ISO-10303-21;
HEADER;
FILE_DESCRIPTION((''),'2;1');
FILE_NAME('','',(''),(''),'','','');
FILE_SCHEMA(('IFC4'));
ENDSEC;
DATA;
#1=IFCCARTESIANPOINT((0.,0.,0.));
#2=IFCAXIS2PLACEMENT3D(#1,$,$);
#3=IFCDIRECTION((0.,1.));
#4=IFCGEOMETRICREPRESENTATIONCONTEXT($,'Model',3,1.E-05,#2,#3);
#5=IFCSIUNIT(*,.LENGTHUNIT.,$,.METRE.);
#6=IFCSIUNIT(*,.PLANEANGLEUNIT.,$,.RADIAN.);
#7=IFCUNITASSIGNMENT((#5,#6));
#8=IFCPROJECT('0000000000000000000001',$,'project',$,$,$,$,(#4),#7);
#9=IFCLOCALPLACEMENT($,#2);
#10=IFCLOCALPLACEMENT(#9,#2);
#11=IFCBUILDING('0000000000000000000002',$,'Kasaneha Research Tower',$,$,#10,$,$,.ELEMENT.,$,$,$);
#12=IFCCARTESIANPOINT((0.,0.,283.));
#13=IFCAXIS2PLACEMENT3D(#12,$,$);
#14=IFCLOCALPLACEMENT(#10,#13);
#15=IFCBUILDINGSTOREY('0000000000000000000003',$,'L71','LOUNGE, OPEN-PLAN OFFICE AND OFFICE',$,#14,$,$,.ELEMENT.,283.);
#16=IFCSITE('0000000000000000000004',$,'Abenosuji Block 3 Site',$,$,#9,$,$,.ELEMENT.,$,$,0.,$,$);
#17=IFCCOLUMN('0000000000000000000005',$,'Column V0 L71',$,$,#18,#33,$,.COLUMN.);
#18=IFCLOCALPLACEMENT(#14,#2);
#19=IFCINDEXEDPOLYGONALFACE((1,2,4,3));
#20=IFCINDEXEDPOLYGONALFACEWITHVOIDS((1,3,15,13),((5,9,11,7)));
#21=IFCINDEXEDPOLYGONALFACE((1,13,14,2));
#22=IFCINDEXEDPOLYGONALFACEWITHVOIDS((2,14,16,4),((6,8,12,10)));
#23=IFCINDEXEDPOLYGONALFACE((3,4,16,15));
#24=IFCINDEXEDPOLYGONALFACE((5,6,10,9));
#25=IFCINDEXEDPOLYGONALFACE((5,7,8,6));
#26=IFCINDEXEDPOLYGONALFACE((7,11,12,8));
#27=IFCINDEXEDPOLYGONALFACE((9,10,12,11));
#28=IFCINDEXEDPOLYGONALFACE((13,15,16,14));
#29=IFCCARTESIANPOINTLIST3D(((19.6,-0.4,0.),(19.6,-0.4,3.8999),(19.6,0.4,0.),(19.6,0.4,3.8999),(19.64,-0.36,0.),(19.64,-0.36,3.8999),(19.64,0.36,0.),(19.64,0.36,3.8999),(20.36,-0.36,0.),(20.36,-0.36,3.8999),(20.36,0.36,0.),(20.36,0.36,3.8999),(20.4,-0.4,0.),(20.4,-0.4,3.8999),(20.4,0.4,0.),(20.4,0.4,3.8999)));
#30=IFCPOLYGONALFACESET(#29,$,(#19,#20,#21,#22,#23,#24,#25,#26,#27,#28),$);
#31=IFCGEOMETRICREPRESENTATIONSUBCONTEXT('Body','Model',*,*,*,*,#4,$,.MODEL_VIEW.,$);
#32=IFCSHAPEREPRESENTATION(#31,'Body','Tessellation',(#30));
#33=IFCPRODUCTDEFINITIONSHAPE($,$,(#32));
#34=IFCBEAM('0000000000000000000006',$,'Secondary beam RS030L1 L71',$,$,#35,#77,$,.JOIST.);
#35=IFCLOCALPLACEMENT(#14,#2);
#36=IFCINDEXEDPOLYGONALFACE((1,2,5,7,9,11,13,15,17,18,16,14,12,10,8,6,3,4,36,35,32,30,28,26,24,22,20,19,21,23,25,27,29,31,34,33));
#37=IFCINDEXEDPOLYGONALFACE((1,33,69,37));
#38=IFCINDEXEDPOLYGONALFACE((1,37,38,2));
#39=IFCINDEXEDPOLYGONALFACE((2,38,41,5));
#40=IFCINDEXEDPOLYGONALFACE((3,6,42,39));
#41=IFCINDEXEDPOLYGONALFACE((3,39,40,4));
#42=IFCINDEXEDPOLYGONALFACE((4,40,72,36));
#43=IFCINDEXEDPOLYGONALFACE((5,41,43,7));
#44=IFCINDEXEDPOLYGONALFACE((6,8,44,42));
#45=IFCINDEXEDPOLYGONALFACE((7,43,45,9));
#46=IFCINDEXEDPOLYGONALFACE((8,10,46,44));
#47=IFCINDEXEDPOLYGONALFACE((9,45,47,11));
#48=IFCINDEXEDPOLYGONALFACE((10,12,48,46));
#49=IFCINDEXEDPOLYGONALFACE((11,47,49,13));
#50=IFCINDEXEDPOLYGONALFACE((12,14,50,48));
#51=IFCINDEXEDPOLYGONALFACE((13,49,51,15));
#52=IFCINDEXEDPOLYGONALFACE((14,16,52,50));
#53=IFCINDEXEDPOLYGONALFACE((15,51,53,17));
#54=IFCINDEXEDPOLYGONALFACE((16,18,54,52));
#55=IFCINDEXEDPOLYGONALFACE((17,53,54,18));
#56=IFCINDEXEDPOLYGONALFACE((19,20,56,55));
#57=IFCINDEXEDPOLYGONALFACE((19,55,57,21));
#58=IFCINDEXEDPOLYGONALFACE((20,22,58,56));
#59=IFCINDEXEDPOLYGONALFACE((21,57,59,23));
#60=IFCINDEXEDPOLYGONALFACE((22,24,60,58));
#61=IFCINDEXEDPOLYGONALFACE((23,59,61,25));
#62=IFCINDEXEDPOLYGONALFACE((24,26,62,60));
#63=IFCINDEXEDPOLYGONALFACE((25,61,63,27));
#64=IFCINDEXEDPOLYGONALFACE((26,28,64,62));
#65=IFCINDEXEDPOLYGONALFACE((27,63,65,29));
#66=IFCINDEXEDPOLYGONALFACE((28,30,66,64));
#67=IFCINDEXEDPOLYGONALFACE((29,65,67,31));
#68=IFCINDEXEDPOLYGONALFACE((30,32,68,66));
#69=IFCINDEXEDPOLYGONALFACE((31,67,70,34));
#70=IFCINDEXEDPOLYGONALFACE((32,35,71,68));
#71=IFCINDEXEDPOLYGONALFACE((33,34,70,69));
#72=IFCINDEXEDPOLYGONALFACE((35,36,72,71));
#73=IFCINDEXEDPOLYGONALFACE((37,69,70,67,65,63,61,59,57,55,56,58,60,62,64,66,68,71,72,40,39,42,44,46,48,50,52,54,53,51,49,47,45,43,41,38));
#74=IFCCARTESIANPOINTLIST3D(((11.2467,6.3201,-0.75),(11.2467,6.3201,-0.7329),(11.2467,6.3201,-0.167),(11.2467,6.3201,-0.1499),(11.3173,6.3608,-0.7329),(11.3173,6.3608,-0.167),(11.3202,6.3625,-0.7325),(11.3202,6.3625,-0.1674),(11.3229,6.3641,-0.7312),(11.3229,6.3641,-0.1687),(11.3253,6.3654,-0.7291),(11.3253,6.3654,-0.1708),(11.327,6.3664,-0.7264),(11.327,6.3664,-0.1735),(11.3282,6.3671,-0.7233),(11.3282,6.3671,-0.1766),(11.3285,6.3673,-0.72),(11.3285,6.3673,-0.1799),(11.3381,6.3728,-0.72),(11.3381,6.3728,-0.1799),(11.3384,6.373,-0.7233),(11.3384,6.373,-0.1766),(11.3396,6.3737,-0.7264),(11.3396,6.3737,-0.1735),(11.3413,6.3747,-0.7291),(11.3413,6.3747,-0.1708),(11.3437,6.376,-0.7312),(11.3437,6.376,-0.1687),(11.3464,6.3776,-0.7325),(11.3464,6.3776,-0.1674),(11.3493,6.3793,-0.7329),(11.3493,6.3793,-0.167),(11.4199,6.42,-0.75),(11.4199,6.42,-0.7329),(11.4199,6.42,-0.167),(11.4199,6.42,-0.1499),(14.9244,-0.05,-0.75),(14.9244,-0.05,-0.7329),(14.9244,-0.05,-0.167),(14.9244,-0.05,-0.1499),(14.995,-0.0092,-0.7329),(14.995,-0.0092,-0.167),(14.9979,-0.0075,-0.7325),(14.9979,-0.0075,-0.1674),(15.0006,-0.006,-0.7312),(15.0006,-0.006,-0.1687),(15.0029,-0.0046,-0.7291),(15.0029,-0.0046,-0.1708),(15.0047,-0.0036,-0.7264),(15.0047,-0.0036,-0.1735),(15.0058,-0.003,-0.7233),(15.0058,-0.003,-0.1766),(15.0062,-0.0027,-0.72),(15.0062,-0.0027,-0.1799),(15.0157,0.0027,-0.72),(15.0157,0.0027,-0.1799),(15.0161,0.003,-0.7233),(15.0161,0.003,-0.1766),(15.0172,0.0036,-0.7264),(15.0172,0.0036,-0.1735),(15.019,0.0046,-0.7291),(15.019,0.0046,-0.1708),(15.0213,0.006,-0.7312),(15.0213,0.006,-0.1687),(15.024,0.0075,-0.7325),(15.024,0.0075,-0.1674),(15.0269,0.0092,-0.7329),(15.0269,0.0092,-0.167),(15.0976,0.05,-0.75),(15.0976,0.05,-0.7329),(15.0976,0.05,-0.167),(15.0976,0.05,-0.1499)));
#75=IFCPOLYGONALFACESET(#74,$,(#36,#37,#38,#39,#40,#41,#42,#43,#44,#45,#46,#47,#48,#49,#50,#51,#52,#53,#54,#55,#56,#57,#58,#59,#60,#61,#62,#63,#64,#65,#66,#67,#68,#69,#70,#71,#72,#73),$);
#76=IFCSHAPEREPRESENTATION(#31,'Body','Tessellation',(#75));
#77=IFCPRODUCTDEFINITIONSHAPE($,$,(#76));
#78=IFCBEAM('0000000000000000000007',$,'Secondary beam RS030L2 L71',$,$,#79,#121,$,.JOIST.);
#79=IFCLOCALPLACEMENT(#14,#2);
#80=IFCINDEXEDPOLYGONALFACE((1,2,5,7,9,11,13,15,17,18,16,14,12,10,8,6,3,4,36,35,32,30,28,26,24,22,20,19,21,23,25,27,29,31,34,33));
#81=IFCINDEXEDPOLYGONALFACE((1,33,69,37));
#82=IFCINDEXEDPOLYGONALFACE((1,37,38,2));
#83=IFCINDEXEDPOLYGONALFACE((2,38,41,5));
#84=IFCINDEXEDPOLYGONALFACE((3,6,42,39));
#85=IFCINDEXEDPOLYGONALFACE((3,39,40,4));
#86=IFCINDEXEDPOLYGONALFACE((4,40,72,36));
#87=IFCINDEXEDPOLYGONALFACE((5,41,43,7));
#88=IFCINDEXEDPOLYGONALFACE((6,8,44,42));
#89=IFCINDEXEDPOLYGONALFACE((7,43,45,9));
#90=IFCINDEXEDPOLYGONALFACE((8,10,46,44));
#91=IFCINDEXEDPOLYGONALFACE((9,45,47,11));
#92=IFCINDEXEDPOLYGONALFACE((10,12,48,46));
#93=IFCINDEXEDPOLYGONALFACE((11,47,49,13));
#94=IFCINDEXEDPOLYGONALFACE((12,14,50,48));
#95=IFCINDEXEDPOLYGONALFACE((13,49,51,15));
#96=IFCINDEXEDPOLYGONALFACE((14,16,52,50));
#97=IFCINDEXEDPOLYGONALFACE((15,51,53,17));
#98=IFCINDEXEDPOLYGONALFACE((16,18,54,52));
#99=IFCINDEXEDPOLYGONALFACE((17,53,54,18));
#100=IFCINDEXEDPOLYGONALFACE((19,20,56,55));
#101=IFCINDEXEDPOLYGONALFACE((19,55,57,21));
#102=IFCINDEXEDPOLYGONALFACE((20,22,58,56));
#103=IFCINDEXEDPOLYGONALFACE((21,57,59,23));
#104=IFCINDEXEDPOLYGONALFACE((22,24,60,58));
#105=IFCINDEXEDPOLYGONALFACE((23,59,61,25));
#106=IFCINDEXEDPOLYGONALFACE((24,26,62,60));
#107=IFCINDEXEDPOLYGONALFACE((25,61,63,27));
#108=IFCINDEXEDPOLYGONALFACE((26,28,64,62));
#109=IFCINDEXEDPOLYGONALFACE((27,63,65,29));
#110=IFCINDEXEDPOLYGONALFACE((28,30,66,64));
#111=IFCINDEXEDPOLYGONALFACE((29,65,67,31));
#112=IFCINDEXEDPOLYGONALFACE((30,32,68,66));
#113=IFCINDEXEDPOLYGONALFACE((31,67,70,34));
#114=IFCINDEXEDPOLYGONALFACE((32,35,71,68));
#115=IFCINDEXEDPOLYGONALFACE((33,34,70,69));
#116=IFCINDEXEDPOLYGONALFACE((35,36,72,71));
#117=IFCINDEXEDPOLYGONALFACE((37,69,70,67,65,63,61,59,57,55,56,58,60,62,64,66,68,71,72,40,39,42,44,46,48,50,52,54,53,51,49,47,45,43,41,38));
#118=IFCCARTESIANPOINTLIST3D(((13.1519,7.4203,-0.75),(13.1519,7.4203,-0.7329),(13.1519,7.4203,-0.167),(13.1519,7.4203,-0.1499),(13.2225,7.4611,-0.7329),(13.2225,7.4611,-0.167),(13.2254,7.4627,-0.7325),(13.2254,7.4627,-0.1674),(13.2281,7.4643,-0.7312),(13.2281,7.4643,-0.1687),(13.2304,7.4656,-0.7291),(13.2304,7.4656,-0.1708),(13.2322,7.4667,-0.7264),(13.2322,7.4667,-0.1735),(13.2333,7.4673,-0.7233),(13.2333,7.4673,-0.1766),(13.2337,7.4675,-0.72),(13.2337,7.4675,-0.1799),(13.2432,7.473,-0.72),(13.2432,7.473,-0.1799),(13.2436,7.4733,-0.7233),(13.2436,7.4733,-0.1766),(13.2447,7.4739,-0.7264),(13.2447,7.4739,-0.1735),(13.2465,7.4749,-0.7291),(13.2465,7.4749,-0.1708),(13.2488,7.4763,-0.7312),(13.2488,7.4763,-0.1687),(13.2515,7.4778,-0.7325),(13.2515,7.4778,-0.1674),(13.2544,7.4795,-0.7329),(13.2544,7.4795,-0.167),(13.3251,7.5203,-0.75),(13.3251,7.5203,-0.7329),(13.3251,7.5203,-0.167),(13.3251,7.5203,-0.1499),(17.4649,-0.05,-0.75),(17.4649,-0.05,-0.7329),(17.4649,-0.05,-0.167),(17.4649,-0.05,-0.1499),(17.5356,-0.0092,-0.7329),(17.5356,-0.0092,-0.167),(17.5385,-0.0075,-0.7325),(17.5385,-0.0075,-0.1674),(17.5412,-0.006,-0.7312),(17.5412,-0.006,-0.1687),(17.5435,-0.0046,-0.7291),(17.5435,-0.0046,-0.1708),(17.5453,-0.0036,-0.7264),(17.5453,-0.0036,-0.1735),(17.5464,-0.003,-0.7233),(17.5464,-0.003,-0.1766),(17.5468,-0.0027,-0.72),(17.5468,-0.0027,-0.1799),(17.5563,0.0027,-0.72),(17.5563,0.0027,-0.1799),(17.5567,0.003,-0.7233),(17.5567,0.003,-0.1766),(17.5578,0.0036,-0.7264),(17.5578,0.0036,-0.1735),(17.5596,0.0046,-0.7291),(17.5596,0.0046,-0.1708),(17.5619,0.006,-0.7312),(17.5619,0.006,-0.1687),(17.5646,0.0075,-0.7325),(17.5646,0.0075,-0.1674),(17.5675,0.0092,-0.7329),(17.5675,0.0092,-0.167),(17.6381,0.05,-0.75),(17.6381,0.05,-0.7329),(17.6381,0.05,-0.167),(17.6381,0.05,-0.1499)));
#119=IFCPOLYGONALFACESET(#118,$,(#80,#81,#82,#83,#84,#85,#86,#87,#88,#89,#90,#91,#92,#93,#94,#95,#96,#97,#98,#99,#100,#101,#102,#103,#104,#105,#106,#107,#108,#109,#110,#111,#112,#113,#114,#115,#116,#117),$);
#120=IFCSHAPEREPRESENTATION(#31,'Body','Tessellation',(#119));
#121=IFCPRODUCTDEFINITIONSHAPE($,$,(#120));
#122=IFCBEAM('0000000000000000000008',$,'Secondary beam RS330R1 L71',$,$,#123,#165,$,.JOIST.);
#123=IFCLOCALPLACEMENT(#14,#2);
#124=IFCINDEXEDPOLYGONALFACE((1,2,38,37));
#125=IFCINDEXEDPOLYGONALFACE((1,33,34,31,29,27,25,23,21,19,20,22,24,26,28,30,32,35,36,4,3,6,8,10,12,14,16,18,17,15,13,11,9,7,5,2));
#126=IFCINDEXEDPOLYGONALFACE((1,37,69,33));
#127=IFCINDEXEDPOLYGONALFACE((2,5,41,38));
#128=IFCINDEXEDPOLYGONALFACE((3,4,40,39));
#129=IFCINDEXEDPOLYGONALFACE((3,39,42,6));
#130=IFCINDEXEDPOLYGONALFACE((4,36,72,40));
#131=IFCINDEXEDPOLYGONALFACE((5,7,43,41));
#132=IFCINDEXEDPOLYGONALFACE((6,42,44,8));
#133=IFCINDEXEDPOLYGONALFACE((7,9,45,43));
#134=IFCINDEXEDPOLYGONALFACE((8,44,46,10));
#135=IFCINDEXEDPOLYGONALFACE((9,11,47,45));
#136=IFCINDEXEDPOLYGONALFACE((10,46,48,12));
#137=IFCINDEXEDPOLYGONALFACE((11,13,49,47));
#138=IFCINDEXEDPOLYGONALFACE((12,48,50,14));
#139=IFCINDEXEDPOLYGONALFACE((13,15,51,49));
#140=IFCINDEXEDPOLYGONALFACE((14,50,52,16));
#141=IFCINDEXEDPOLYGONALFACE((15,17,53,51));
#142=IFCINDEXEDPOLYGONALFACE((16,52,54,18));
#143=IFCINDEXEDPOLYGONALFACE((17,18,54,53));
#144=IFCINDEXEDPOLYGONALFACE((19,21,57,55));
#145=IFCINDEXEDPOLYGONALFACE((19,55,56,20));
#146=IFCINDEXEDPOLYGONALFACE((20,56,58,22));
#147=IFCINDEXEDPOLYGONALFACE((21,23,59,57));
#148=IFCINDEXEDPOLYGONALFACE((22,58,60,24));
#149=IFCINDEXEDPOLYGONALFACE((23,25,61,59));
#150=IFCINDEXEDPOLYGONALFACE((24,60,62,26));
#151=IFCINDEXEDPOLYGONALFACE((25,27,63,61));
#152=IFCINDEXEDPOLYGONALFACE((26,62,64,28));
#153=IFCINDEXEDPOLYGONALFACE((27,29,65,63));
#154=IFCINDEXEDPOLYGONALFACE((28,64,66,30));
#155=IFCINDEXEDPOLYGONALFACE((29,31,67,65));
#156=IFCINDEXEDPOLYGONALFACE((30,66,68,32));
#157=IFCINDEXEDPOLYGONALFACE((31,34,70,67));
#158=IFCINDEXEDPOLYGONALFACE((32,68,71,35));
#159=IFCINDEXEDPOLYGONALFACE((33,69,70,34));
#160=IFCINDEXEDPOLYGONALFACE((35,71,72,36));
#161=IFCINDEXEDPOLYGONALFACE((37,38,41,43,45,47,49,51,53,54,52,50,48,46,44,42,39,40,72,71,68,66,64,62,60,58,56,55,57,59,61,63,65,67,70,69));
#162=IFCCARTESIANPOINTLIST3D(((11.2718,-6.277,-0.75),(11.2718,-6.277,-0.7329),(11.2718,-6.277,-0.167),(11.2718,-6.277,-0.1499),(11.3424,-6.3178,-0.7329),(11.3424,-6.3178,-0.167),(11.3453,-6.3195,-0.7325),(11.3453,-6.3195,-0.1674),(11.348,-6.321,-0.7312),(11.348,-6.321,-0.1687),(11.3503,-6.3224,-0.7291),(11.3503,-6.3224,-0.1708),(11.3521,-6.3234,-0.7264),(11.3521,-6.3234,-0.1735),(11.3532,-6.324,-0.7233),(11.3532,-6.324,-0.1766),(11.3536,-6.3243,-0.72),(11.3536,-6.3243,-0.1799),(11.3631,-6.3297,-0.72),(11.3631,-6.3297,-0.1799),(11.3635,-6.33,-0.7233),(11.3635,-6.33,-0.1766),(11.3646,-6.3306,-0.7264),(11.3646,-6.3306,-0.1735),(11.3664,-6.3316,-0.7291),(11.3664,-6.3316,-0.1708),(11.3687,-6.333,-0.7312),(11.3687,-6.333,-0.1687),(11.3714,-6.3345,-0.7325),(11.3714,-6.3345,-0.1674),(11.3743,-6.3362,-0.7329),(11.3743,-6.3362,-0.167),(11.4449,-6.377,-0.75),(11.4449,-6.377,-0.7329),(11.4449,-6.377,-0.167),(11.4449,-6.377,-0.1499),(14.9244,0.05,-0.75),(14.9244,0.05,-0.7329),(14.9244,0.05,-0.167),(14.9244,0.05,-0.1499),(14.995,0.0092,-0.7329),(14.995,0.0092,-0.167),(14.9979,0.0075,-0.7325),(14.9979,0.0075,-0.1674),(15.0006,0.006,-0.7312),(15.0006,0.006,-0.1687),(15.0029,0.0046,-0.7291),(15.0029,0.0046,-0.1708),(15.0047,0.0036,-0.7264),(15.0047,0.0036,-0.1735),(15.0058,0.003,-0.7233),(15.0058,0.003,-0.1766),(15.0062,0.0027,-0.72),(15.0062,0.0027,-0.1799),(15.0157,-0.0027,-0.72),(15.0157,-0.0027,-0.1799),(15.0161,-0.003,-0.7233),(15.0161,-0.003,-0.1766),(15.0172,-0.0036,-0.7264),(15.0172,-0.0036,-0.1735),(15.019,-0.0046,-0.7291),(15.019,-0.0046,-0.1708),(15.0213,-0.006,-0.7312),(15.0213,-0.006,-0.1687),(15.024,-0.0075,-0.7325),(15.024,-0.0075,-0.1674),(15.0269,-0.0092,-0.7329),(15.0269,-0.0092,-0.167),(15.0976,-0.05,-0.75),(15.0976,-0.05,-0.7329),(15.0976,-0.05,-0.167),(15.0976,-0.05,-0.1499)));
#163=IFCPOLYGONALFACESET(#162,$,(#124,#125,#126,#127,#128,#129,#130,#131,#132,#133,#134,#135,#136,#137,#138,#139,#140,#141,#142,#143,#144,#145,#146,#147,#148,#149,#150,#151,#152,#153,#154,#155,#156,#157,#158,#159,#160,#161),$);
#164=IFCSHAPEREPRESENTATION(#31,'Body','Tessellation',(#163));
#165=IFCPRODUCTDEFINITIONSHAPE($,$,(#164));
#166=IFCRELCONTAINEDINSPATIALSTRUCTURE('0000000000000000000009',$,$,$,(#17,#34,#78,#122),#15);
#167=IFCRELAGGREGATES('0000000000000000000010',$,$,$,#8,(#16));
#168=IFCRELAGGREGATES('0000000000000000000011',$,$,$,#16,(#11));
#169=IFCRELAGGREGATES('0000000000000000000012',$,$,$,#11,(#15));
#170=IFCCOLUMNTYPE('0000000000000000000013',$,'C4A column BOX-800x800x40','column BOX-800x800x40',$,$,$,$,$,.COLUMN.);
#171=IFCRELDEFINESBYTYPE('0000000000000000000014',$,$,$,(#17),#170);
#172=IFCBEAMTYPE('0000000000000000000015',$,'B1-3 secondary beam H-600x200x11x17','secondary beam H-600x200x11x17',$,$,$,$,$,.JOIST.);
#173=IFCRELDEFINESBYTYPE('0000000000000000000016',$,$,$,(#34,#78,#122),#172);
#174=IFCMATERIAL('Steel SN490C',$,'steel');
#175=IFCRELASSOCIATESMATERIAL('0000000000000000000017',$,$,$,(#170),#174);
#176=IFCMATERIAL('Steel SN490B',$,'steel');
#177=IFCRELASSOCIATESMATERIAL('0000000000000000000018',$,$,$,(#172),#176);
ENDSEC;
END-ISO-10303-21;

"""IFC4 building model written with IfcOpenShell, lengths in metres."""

from ifc_helpers import new_model, si_unit, direction, frame, origin, origin_2d, place, context, subcontext, project, spatial, hollow_rectangle, i_section, extrude, material, material_profile, profile_set, type_object, element, save


model = new_model("IFC4")

# Units and contexts
model_context = context("Model", 3, precision=1e-05, world=origin(), true_north=direction((0.0, 1.0)))
body_context = subcontext(model_context, "Body", "Model", "MODEL_VIEW")
ifc_project = project(units=[si_unit("LENGTHUNIT", "METRE"), si_unit("PLANEANGLEUNIT", "RADIAN")], contexts=[model_context])

# Site, building, storey
site_placement = place(None, origin())
site = spatial("IfcSite", under=ifc_project, at=site_placement, Name="Abenosuji Block 3 Site", CompositionType="ELEMENT", RefElevation=0.0)
building_placement = place(site_placement, origin())
building = spatial("IfcBuilding", under=site, at=building_placement, Name="Kasaneha Research Tower", CompositionType="ELEMENT")
storey_placement = place(building_placement, frame((0.0, 0.0, 283.0)))
storey = spatial("IfcBuildingStorey", under=building, at=storey_placement, Name="L71", Description="LOUNGE, OPEN-PLAN OFFICE AND OFFICE", CompositionType="ELEMENT", Elevation=283.0)

# Column
ifc_material_1 = material(Name="Steel SN490C", Category="steel")
ifc_material_profile_1 = material_profile(ifc_material_1, hollow_rectangle(XDim=0.8, YDim=0.8, WallThickness=0.04, at=origin_2d()), Name="BOX-800x800x40")
ifc_profile_set_1 = profile_set([ifc_material_profile_1], Name="Steel SN490C")
column_type = type_object("IfcColumnType", Name="C4A column BOX-800x800x40", Description="column BOX-800x800x40", PredefinedType="COLUMN", material=ifc_profile_set_1)
column_placement = place(storey_placement, frame((20.0, 0.0, 0.0), z_axis=(0.0, 0.0, 1.0), x_axis=(1.0, 0.0, 0.0)))
element("IfcColumn", 1, at=column_placement, inside=storey, type_object=column_type, Name="Column V0 L71", PredefinedType="COLUMN", context=body_context, shape_type="SweptSolid", body=[
    extrude(hollow_rectangle(XDim=0.8, YDim=0.8, WallThickness=0.04, at=origin_2d()), origin(), (0.0, 0.0, 1.0), 3.8999),
])

# Beams
ifc_material_2 = material(Name="Steel SN490B", Category="steel")
ifc_material_profile_2 = material_profile(ifc_material_2, i_section(OverallWidth=0.2, OverallDepth=0.6001, WebThickness=0.011, FlangeThickness=0.0171, FilletRadius=0.0129, at=origin_2d()), Name="H-600x200x11x17")
ifc_profile_set_2 = profile_set([ifc_material_profile_2], Name="Steel SN490B")
beam_type_1 = type_object("IfcBeamType", Name="B1-3 secondary beam H-600x200x11x17", Description="secondary beam H-600x200x11x17", PredefinedType="JOIST", material=ifc_profile_set_2)
beam_1_placement = place(storey_placement, frame((15.011, 0.0, -0.45), z_axis=(-0.499994, 0.866029, 0.0), x_axis=(-0.866029, -0.499994, 0.0)))
element("IfcBeam", 2, at=beam_1_placement, inside=storey, type_object=beam_type_1, Name="Secondary beam RS030L1 L71", PredefinedType="JOIST", context=body_context, shape_type="SweptSolid", body=[
    extrude(i_section(OverallWidth=0.2, OverallDepth=0.6001, WebThickness=0.011, FlangeThickness=0.0171, FilletRadius=0.0129, at=origin_2d()), origin(), (0.0, 0.0, 1.0), 7.3555),
])
beam_2_placement = place(storey_placement, frame((17.5515, 0.0, -0.45), z_axis=(-0.500005, 0.866023, 0.0), x_axis=(-0.866023, -0.500005, 0.0)))
element("IfcBeam", 3, at=beam_2_placement, inside=storey, type_object=beam_type_1, Name="Secondary beam RS030L2 L71", PredefinedType="JOIST", context=body_context, shape_type="SweptSolid", body=[
    extrude(i_section(OverallWidth=0.2, OverallDepth=0.6001, WebThickness=0.011, FlangeThickness=0.0171, FilletRadius=0.0129, at=origin_2d()), origin(), (0.0, 0.0, 1.0), 8.626),
])
beam_3_placement = place(storey_placement, frame((15.011, 0.0, -0.45), z_axis=(-0.499974, -0.86604, 0.0), x_axis=(0.86604, -0.499974, 0.0)))
element("IfcBeam", 4, at=beam_3_placement, inside=storey, type_object=beam_type_1, Name="Secondary beam RS330R1 L71", PredefinedType="JOIST", context=body_context, shape_type="SweptSolid", body=[
    extrude(i_section(OverallWidth=0.2, OverallDepth=0.6001, WebThickness=0.011, FlangeThickness=0.0171, FilletRadius=0.0129, at=origin_2d()), origin(), (0.0, 0.0, 1.0), 7.3057),
])

save(model, "model.ifc")
